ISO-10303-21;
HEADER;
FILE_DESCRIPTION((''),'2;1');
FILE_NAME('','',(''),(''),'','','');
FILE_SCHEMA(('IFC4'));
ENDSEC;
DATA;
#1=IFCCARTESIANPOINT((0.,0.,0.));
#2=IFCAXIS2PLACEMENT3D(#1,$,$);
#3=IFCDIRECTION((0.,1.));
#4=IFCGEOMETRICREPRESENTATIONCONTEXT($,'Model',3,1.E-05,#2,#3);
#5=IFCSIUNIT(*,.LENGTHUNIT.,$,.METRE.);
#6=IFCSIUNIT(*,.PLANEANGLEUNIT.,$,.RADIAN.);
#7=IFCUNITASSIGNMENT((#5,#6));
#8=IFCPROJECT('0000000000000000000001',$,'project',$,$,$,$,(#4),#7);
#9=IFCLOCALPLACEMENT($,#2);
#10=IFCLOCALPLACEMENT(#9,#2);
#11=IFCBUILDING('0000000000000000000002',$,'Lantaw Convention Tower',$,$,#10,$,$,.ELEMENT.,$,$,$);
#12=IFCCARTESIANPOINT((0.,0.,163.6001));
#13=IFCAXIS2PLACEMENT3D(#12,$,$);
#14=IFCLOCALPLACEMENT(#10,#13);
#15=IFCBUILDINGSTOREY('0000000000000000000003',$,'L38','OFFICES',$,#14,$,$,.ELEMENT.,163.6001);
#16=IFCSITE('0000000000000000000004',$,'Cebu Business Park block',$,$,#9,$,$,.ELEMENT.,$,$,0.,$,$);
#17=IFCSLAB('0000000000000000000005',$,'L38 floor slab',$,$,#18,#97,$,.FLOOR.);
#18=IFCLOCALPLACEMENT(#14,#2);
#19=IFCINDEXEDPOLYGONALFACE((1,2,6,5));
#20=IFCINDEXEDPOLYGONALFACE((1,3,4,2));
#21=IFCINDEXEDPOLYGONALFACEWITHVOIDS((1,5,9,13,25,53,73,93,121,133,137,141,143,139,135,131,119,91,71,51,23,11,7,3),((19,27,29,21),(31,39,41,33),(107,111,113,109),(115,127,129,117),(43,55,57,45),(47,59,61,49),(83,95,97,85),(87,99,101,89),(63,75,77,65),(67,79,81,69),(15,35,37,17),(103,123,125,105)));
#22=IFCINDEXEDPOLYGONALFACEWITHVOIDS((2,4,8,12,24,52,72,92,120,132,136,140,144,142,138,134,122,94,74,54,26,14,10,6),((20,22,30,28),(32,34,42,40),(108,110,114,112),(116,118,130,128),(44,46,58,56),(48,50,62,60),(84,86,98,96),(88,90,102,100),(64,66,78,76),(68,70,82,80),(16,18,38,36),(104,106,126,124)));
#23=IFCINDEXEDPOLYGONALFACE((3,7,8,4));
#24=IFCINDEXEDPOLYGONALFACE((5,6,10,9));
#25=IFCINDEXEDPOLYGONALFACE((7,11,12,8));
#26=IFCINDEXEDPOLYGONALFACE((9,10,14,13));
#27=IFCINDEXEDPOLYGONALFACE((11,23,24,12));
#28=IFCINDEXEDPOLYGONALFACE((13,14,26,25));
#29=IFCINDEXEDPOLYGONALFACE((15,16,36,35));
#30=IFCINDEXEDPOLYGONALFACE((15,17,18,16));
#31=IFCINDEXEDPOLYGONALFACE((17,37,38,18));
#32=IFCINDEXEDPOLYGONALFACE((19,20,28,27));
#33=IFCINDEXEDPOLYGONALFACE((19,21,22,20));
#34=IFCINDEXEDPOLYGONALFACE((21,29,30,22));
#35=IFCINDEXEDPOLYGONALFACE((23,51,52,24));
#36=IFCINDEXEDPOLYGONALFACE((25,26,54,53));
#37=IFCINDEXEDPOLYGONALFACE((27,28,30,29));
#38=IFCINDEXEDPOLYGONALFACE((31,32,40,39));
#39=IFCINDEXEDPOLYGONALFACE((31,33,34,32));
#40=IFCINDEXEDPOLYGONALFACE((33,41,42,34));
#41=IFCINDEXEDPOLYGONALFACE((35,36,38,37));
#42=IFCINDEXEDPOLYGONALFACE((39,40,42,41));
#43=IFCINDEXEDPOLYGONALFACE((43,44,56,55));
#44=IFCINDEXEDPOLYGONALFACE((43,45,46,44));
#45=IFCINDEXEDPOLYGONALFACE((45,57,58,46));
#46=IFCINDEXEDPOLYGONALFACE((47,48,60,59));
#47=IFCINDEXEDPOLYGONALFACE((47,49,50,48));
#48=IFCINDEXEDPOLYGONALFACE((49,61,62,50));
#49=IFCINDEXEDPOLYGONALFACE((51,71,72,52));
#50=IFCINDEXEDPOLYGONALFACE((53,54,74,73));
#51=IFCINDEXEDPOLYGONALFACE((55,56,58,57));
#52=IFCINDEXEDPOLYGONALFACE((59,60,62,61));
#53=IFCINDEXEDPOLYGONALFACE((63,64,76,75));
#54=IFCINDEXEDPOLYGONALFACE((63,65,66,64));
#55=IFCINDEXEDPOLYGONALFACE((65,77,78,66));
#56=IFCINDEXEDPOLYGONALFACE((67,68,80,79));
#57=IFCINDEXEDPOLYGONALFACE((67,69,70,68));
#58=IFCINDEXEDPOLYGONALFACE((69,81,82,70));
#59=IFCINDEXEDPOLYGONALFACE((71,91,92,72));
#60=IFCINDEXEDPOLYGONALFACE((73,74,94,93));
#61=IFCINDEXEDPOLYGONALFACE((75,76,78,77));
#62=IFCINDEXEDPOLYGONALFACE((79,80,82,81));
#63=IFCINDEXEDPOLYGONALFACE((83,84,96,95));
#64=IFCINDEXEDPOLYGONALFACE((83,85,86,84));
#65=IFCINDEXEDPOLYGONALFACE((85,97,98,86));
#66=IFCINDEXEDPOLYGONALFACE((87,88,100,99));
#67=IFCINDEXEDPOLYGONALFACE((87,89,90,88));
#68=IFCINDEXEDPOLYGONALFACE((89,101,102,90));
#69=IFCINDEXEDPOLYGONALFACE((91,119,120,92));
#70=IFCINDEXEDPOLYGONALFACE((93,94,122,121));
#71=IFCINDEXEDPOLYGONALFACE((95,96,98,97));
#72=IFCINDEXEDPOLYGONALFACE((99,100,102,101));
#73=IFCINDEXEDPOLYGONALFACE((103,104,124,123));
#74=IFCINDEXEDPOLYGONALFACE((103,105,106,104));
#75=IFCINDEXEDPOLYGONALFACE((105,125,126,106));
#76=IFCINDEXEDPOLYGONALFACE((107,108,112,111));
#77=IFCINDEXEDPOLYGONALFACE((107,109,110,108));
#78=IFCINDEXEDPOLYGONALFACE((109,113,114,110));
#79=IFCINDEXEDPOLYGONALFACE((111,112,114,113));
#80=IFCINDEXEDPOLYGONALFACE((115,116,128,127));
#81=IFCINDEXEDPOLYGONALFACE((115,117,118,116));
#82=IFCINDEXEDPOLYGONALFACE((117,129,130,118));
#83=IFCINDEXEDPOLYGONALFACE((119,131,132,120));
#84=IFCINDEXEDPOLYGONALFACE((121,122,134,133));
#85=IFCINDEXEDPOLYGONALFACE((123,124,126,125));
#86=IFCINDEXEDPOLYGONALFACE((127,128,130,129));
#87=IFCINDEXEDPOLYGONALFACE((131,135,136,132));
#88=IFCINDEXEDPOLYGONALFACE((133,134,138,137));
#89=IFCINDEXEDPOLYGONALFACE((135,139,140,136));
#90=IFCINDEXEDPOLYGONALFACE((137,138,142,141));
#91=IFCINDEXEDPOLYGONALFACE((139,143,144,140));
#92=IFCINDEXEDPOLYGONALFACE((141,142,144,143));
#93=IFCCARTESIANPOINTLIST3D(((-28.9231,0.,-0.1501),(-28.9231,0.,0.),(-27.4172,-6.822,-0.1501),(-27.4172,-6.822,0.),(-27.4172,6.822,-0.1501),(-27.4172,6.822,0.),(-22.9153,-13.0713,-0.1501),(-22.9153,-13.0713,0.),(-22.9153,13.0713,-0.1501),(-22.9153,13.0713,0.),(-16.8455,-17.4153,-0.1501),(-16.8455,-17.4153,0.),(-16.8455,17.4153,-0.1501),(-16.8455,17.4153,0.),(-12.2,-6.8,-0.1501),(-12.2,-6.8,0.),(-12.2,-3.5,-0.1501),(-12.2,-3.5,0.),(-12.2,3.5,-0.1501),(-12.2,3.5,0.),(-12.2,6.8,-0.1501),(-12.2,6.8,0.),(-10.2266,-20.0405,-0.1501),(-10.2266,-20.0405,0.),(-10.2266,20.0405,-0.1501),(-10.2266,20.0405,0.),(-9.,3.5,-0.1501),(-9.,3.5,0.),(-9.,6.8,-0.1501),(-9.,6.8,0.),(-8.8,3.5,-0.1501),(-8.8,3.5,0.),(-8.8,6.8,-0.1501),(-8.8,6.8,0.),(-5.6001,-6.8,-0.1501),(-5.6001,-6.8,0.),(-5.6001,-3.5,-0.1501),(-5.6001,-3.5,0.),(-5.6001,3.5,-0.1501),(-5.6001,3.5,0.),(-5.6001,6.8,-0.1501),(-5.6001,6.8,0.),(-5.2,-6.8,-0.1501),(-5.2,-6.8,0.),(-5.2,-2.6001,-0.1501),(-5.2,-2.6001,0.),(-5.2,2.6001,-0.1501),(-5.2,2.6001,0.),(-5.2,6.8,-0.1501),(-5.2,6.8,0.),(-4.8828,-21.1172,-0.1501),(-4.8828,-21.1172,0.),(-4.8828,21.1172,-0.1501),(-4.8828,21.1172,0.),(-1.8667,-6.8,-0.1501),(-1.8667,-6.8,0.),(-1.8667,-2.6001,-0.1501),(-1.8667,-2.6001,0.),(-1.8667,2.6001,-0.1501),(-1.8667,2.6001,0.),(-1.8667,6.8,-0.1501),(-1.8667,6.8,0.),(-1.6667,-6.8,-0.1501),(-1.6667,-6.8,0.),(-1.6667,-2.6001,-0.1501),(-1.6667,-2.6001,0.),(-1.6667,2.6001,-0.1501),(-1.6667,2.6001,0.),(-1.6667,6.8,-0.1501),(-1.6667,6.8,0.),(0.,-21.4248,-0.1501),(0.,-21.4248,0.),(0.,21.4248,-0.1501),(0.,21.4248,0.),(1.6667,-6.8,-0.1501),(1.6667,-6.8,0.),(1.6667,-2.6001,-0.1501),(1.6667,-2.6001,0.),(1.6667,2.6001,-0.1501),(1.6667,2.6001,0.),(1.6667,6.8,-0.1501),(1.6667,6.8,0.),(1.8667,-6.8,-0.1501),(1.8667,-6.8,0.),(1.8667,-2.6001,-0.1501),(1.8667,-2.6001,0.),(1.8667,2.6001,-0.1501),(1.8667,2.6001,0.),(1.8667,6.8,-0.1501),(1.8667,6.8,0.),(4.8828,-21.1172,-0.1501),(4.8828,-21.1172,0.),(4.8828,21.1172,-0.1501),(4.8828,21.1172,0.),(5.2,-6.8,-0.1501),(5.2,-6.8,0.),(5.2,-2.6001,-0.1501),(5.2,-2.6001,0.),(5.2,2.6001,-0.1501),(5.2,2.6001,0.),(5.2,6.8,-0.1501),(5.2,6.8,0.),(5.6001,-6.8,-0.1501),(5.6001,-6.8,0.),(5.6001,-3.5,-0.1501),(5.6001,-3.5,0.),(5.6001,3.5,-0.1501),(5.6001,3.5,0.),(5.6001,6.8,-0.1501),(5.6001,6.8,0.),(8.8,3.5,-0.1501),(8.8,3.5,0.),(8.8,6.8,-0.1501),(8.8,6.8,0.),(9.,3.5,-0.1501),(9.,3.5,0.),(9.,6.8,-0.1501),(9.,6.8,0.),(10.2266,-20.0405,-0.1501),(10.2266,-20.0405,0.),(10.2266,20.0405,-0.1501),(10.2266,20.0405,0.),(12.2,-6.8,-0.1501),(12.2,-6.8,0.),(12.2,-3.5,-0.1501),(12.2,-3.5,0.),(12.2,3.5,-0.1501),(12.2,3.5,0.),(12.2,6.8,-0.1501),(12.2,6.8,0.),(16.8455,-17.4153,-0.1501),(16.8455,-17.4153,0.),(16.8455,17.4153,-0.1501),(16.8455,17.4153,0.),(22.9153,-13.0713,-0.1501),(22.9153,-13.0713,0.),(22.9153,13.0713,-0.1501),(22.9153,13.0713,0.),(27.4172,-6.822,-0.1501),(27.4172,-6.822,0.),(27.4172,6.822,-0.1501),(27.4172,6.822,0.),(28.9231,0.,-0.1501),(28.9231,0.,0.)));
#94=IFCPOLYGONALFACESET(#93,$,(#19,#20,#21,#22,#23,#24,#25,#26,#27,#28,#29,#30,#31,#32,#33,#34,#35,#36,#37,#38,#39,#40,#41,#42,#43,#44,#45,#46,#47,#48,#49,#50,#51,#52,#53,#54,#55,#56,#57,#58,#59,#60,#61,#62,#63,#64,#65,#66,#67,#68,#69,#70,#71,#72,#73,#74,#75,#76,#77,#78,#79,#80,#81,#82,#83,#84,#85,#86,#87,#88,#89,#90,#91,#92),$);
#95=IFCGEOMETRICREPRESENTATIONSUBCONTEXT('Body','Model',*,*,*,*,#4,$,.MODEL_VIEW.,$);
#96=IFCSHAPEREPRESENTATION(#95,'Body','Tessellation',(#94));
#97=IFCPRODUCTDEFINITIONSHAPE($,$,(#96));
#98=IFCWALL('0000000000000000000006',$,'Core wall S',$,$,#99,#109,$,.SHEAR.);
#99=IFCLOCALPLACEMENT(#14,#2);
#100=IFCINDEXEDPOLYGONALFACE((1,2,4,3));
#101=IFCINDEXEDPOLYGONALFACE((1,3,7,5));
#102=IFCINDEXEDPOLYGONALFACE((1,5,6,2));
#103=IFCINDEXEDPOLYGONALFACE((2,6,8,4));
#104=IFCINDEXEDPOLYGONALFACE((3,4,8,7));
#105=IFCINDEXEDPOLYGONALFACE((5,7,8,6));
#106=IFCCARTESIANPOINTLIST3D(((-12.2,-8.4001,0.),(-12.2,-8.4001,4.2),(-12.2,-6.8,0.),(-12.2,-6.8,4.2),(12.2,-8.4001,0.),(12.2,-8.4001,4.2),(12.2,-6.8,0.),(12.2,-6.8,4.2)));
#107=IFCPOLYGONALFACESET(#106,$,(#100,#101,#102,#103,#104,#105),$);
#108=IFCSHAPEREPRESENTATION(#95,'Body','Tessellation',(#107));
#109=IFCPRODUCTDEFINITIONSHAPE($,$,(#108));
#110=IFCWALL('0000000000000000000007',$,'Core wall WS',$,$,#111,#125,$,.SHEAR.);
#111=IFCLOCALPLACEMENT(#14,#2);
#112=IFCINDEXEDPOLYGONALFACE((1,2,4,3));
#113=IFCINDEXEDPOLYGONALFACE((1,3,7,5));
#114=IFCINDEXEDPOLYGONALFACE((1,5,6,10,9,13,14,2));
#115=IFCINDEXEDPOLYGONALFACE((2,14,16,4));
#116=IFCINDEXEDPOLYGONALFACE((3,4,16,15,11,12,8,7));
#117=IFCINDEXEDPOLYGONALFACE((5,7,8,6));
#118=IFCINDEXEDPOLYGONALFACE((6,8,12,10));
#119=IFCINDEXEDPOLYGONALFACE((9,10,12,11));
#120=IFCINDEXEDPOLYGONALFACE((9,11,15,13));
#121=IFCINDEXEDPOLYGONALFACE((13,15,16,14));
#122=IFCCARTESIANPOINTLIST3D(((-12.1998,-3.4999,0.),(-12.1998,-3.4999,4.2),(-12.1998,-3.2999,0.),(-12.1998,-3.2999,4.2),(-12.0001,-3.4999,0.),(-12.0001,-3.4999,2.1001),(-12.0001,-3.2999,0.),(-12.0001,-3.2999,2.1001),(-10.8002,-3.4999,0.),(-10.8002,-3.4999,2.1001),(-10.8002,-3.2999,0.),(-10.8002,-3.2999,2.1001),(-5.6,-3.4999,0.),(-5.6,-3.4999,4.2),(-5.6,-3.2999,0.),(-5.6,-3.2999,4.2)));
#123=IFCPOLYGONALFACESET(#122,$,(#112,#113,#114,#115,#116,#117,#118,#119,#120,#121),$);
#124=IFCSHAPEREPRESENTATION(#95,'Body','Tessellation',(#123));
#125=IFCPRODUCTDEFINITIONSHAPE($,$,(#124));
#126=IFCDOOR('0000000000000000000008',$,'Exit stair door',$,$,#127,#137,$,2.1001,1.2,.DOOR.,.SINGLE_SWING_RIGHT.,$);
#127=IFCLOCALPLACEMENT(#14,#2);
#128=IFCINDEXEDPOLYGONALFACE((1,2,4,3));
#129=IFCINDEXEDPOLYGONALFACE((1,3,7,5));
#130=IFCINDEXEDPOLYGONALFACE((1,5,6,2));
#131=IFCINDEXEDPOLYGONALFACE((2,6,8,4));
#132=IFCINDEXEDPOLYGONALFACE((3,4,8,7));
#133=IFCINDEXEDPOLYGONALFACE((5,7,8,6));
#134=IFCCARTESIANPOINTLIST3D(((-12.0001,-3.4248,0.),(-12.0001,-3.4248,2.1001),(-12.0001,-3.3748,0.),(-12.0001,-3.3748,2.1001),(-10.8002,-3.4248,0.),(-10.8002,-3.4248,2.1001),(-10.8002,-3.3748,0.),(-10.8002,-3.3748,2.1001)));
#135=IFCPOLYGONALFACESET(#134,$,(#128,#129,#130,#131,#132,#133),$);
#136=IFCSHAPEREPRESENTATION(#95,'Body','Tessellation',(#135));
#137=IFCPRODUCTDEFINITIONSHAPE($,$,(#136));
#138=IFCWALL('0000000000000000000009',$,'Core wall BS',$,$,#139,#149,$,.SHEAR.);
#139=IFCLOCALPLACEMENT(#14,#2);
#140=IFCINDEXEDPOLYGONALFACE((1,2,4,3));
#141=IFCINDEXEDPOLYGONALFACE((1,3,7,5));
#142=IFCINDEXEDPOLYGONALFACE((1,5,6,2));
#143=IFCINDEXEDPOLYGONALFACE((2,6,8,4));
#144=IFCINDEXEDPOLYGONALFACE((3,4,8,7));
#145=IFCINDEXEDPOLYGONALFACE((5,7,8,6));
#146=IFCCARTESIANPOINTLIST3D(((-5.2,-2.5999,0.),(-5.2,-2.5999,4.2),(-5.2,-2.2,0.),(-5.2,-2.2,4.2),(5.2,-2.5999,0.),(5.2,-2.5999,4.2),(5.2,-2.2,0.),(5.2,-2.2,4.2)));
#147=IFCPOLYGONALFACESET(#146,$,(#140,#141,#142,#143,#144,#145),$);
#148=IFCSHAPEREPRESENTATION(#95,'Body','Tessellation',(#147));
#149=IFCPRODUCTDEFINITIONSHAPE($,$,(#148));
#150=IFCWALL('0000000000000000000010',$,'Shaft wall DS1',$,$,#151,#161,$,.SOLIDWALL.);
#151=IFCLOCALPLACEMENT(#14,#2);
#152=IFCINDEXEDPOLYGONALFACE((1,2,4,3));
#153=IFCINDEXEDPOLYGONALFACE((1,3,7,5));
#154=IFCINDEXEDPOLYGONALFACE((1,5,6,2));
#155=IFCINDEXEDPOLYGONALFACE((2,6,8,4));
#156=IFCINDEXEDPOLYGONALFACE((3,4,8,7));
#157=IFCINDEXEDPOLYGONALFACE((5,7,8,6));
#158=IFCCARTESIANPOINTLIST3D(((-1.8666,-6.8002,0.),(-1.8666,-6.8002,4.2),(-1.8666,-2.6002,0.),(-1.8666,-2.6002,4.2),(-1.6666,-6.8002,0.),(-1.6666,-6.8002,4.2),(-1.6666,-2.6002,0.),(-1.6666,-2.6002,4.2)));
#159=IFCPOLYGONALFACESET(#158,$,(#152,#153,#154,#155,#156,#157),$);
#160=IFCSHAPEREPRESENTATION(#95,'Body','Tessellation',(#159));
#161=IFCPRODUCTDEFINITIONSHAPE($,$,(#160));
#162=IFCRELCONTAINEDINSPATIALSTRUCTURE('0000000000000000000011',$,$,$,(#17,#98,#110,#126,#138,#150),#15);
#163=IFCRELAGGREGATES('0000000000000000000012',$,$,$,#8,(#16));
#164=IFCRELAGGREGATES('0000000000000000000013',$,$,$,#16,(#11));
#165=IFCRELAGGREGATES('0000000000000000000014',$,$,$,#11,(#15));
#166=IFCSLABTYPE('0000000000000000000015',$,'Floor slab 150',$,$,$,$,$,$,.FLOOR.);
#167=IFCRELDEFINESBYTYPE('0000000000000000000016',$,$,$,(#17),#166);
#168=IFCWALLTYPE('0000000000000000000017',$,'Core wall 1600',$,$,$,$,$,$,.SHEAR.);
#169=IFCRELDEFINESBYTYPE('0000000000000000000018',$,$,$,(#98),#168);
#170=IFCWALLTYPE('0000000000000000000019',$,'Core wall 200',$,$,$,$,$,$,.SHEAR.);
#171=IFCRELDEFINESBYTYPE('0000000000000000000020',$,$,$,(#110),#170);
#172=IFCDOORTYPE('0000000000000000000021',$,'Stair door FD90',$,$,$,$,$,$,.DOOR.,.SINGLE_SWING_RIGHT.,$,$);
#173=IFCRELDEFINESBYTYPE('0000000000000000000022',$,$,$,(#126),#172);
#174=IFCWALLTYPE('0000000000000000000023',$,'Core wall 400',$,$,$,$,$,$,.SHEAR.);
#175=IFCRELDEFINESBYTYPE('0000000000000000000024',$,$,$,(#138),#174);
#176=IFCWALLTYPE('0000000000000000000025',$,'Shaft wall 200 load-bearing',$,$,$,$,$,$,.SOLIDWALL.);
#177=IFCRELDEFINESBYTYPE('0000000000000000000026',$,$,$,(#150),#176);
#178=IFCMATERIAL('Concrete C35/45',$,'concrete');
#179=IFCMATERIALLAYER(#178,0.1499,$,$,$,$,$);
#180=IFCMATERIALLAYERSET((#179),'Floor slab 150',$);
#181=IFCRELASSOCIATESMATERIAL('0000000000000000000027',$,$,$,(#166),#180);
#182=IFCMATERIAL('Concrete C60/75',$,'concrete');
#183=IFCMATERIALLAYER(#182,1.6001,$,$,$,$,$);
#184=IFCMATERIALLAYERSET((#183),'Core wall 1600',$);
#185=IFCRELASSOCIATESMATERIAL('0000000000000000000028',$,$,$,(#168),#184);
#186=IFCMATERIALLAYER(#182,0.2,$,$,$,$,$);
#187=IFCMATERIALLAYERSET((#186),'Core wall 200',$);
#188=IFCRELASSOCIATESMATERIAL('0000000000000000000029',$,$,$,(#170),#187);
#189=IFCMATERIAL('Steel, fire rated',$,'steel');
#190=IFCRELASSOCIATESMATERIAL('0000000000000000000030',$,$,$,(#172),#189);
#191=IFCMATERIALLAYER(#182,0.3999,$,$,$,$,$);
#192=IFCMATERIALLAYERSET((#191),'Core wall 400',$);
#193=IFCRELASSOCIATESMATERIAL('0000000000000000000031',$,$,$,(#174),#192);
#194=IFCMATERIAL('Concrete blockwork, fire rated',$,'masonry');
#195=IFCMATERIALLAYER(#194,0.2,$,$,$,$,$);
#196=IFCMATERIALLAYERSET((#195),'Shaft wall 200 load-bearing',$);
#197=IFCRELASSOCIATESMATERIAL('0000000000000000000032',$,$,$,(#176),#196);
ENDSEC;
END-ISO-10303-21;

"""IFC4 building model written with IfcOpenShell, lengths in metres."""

from ifc_helpers import new_model, si_unit, direction, frame, frame_2d, origin, place, context, subcontext, project, spatial, polyline, rectangle, outline, extrude, material, layer, layer_set, type_object, element, fill, save


model = new_model("IFC4")

# Units and contexts
model_context = context("Model", 3, precision=1e-05, world=origin(), true_north=direction((0.0, 1.0)))
body_context = subcontext(model_context, "Body", "Model", "MODEL_VIEW")
ifc_project = project(units=[si_unit("LENGTHUNIT", "METRE"), si_unit("PLANEANGLEUNIT", "RADIAN")], contexts=[model_context])

# Site, building, storey
site_placement = place(None, origin())
site = spatial("IfcSite", under=ifc_project, at=site_placement, Name="Cebu Business Park block", CompositionType="ELEMENT", RefElevation=0.0)
building_placement = place(site_placement, origin())
building = spatial("IfcBuilding", under=site, at=building_placement, Name="Lantaw Convention Tower", CompositionType="ELEMENT")
storey_placement = place(building_placement, frame((0.0, 0.0, 163.6001)))
storey = spatial("IfcBuildingStorey", under=building, at=storey_placement, Name="L38", Description="OFFICES", CompositionType="ELEMENT", Elevation=163.6001)

# Slab
ifc_material_1 = material(Name="Concrete C35/45", Category="concrete")
ifc_layer_1 = layer(ifc_material_1, 0.1499)
ifc_layer_set_1 = layer_set([ifc_layer_1], Name="Floor slab 150")
slab_type = type_object("IfcSlabType", Name="Floor slab 150", PredefinedType="FLOOR", material=ifc_layer_set_1)
slab_placement = place(storey_placement, frame((0.0, 0.0, -0.1501)))
element("IfcSlab", 1, at=slab_placement, inside=storey, type_object=slab_type, Name="L38 floor slab", PredefinedType="FLOOR", context=body_context, shape_type="SweptSolid", body=[
    extrude(outline(polyline([(27.4172, -6.822), (28.9231, 0.0), (27.4172, 6.822), (22.9153, 13.0713), (16.8455, 17.4153), (10.2266, 20.0405), (4.8828, 21.1172), (0.0, 21.4248), (-4.8828, 21.1172), (-10.2266, 20.0405), (-16.8455, 17.4153), (-22.9153, 13.0713), (-27.4172, 6.822), (-28.9231, 0.0), (-27.4172, -6.822), (-22.9153, -13.0713), (-16.8455, -17.4153), (-10.2266, -20.0405), (-4.8828, -21.1172), (0.0, -21.4248), (4.8828, -21.1172), (10.2266, -20.0405), (16.8455, -17.4153), (22.9153, -13.0713), (27.4172, -6.822)]), holes=[polyline([(-5.6001, -3.5), (-12.2, -3.5), (-12.2, -6.8), (-5.6001, -6.8), (-5.6001, -3.5)]), polyline([(-1.8667, -6.8), (-1.8667, -2.6001), (-5.2, -2.6001), (-5.2, -6.8), (-1.8667, -6.8)]), polyline([(-1.8667, 2.6001), (-1.8667, 6.8), (-5.2, 6.8), (-5.2, 2.6001), (-1.8667, 2.6001)]), polyline([(1.6667, 6.8), (-1.6667, 6.8), (-1.6667, 2.6001), (1.6667, 2.6001), (1.6667, 6.8)]), polyline([(-9.0, 3.5), (-9.0, 6.8), (-12.2, 6.8), (-12.2, 3.5), (-9.0, 3.5)]), polyline([(-5.6001, 3.5), (-5.6001, 6.8), (-8.8, 6.8), (-8.8, 3.5), (-5.6001, 3.5)]), polyline([(12.2, -3.5), (5.6001, -3.5), (5.6001, -6.8), (12.2, -6.8), (12.2, -3.5)]), polyline([(1.6667, -6.8), (1.6667, -2.6001), (-1.6667, -2.6001), (-1.6667, -6.8), (1.6667, -6.8)]), polyline([(5.2, -6.8), (5.2, -2.6001), (1.8667, -2.6001), (1.8667, -6.8), (5.2, -6.8)]), polyline([(5.2, 6.8), (1.8667, 6.8), (1.8667, 2.6001), (5.2, 2.6001), (5.2, 6.8)]), polyline([(8.8, 3.5), (8.8, 6.8), (5.6001, 6.8), (5.6001, 3.5), (8.8, 3.5)]), polyline([(12.2, 3.5), (12.2, 6.8), (9.0, 6.8), (9.0, 3.5), (12.2, 3.5)])]), origin(), (0.0, 0.0, 1.0), 0.1501),
])

# Wall
ifc_material_2 = material(Name="Concrete C60/75", Category="concrete")
ifc_layer_2 = layer(ifc_material_2, 1.6001)
ifc_layer_set_2 = layer_set([ifc_layer_2], Name="Core wall 1600")
wall_type_1 = type_object("IfcWallType", Name="Core wall 1600", PredefinedType="SHEAR", material=ifc_layer_set_2)
wall_1_placement = place(storey_placement, frame((-12.2, -7.6001, 0.0), z_axis=(0.0, 0.0, 1.0), x_axis=(1.0, 0.0, 0.0)))
element("IfcWall", 2, at=wall_1_placement, inside=storey, type_object=wall_type_1, Name="Core wall S", PredefinedType="SHEAR", context=body_context, shape_type="SweptSolid", body=[
    extrude(rectangle(XDim=24.3999, YDim=1.6001, at=frame_2d((12.2, 0.0))), origin(), (0.0, 0.0, 1.0), 4.2),
])

# Wall, opening, door
ifc_layer_3 = layer(ifc_material_2, 0.2)
ifc_layer_set_3 = layer_set([ifc_layer_3], Name="Core wall 200")
wall_type_2 = type_object("IfcWallType", Name="Core wall 200", PredefinedType="SHEAR", material=ifc_layer_set_3)
wall_2_placement = place(storey_placement, frame((-5.6001, -3.3999, 0.0), z_axis=(0.0, 0.0, 1.0), x_axis=(-1.0, 0.0, 0.0)))
wall_2 = element("IfcWall", 3, at=wall_2_placement, inside=storey, type_object=wall_type_2, Name="Core wall WS", PredefinedType="SHEAR", context=body_context, shape_type="SweptSolid", body=[
    extrude(rectangle(XDim=6.5999, YDim=0.2, at=frame_2d((3.2998, 0.0))), origin(), (0.0, 0.0, 1.0), 4.2),
])
opening_placement = place(wall_2_placement, frame((5.2, 0.0, 0.0)))
opening = element("IfcOpeningElement", 4, at=opening_placement, cuts=wall_2, PredefinedType="OPENING", context=body_context, shape_type="SweptSolid", body=[
    extrude(rectangle(XDim=1.2, YDim=2.1001, at=frame_2d((0.6001, 1.05))), frame((0.0, 0.1099, 0.0), z_axis=(0.0, -1.0, 0.0), x_axis=(1.0, 0.0, 0.0)), (0.0, 0.0, 1.0), 0.22),
])
ifc_material_3 = material(Name="Steel, fire rated", Category="steel")
door_type = type_object("IfcDoorType", Name="Stair door FD90", OperationType="SINGLE_SWING_RIGHT", PredefinedType="DOOR", material=ifc_material_3)
door_placement = place(opening_placement, origin())
door = element("IfcDoor", 5, at=door_placement, inside=storey, type_object=door_type, Name="Exit stair door", OperationType="SINGLE_SWING_RIGHT", OverallHeight=2.1001, OverallWidth=1.2, PredefinedType="DOOR", context=body_context, shape_type="SweptSolid", body=[
    extrude(rectangle(XDim=1.2, YDim=2.1001, at=frame_2d((0.6001, 1.05))), frame((0.0, 0.0249, 0.0), z_axis=(0.0, -1.0, 0.0), x_axis=(1.0, 0.0, 0.0)), (0.0, 0.0, 1.0), 0.05),
])
fill(opening, door)

# Walls
ifc_layer_4 = layer(ifc_material_2, 0.3999)
ifc_layer_set_4 = layer_set([ifc_layer_4], Name="Core wall 400")
wall_type_3 = type_object("IfcWallType", Name="Core wall 400", PredefinedType="SHEAR", material=ifc_layer_set_4)
wall_3_placement = place(storey_placement, frame((-5.2, -2.3999, 0.0), z_axis=(0.0, 0.0, 1.0), x_axis=(1.0, 0.0, 0.0)))
element("IfcWall", 6, at=wall_3_placement, inside=storey, type_object=wall_type_3, Name="Core wall BS", PredefinedType="SHEAR", context=body_context, shape_type="SweptSolid", body=[
    extrude(rectangle(XDim=10.3999, YDim=0.3999, at=frame_2d((5.2, 0.0))), origin(), (0.0, 0.0, 1.0), 4.2),
])
ifc_material_4 = material(Name="Concrete blockwork, fire rated", Category="masonry")
ifc_layer_5 = layer(ifc_material_4, 0.2)
ifc_layer_set_5 = layer_set([ifc_layer_5], Name="Shaft wall 200 load-bearing")
wall_type_4 = type_object("IfcWallType", Name="Shaft wall 200 load-bearing", PredefinedType="SOLIDWALL", material=ifc_layer_set_5)
wall_4_placement = place(storey_placement, frame((-1.7666, -2.6001, 0.0), z_axis=(0.0, 0.0, 1.0), x_axis=(0.0, -1.0, 0.0)))
element("IfcWall", 7, at=wall_4_placement, inside=storey, type_object=wall_type_4, Name="Shaft wall DS1", PredefinedType="SOLIDWALL", context=body_context, shape_type="SweptSolid", body=[
    extrude(rectangle(XDim=4.2, YDim=0.2, at=frame_2d((2.1001, 0.0))), origin(), (0.0, 0.0, 1.0), 4.2),
])

save(model, "model.ifc")
